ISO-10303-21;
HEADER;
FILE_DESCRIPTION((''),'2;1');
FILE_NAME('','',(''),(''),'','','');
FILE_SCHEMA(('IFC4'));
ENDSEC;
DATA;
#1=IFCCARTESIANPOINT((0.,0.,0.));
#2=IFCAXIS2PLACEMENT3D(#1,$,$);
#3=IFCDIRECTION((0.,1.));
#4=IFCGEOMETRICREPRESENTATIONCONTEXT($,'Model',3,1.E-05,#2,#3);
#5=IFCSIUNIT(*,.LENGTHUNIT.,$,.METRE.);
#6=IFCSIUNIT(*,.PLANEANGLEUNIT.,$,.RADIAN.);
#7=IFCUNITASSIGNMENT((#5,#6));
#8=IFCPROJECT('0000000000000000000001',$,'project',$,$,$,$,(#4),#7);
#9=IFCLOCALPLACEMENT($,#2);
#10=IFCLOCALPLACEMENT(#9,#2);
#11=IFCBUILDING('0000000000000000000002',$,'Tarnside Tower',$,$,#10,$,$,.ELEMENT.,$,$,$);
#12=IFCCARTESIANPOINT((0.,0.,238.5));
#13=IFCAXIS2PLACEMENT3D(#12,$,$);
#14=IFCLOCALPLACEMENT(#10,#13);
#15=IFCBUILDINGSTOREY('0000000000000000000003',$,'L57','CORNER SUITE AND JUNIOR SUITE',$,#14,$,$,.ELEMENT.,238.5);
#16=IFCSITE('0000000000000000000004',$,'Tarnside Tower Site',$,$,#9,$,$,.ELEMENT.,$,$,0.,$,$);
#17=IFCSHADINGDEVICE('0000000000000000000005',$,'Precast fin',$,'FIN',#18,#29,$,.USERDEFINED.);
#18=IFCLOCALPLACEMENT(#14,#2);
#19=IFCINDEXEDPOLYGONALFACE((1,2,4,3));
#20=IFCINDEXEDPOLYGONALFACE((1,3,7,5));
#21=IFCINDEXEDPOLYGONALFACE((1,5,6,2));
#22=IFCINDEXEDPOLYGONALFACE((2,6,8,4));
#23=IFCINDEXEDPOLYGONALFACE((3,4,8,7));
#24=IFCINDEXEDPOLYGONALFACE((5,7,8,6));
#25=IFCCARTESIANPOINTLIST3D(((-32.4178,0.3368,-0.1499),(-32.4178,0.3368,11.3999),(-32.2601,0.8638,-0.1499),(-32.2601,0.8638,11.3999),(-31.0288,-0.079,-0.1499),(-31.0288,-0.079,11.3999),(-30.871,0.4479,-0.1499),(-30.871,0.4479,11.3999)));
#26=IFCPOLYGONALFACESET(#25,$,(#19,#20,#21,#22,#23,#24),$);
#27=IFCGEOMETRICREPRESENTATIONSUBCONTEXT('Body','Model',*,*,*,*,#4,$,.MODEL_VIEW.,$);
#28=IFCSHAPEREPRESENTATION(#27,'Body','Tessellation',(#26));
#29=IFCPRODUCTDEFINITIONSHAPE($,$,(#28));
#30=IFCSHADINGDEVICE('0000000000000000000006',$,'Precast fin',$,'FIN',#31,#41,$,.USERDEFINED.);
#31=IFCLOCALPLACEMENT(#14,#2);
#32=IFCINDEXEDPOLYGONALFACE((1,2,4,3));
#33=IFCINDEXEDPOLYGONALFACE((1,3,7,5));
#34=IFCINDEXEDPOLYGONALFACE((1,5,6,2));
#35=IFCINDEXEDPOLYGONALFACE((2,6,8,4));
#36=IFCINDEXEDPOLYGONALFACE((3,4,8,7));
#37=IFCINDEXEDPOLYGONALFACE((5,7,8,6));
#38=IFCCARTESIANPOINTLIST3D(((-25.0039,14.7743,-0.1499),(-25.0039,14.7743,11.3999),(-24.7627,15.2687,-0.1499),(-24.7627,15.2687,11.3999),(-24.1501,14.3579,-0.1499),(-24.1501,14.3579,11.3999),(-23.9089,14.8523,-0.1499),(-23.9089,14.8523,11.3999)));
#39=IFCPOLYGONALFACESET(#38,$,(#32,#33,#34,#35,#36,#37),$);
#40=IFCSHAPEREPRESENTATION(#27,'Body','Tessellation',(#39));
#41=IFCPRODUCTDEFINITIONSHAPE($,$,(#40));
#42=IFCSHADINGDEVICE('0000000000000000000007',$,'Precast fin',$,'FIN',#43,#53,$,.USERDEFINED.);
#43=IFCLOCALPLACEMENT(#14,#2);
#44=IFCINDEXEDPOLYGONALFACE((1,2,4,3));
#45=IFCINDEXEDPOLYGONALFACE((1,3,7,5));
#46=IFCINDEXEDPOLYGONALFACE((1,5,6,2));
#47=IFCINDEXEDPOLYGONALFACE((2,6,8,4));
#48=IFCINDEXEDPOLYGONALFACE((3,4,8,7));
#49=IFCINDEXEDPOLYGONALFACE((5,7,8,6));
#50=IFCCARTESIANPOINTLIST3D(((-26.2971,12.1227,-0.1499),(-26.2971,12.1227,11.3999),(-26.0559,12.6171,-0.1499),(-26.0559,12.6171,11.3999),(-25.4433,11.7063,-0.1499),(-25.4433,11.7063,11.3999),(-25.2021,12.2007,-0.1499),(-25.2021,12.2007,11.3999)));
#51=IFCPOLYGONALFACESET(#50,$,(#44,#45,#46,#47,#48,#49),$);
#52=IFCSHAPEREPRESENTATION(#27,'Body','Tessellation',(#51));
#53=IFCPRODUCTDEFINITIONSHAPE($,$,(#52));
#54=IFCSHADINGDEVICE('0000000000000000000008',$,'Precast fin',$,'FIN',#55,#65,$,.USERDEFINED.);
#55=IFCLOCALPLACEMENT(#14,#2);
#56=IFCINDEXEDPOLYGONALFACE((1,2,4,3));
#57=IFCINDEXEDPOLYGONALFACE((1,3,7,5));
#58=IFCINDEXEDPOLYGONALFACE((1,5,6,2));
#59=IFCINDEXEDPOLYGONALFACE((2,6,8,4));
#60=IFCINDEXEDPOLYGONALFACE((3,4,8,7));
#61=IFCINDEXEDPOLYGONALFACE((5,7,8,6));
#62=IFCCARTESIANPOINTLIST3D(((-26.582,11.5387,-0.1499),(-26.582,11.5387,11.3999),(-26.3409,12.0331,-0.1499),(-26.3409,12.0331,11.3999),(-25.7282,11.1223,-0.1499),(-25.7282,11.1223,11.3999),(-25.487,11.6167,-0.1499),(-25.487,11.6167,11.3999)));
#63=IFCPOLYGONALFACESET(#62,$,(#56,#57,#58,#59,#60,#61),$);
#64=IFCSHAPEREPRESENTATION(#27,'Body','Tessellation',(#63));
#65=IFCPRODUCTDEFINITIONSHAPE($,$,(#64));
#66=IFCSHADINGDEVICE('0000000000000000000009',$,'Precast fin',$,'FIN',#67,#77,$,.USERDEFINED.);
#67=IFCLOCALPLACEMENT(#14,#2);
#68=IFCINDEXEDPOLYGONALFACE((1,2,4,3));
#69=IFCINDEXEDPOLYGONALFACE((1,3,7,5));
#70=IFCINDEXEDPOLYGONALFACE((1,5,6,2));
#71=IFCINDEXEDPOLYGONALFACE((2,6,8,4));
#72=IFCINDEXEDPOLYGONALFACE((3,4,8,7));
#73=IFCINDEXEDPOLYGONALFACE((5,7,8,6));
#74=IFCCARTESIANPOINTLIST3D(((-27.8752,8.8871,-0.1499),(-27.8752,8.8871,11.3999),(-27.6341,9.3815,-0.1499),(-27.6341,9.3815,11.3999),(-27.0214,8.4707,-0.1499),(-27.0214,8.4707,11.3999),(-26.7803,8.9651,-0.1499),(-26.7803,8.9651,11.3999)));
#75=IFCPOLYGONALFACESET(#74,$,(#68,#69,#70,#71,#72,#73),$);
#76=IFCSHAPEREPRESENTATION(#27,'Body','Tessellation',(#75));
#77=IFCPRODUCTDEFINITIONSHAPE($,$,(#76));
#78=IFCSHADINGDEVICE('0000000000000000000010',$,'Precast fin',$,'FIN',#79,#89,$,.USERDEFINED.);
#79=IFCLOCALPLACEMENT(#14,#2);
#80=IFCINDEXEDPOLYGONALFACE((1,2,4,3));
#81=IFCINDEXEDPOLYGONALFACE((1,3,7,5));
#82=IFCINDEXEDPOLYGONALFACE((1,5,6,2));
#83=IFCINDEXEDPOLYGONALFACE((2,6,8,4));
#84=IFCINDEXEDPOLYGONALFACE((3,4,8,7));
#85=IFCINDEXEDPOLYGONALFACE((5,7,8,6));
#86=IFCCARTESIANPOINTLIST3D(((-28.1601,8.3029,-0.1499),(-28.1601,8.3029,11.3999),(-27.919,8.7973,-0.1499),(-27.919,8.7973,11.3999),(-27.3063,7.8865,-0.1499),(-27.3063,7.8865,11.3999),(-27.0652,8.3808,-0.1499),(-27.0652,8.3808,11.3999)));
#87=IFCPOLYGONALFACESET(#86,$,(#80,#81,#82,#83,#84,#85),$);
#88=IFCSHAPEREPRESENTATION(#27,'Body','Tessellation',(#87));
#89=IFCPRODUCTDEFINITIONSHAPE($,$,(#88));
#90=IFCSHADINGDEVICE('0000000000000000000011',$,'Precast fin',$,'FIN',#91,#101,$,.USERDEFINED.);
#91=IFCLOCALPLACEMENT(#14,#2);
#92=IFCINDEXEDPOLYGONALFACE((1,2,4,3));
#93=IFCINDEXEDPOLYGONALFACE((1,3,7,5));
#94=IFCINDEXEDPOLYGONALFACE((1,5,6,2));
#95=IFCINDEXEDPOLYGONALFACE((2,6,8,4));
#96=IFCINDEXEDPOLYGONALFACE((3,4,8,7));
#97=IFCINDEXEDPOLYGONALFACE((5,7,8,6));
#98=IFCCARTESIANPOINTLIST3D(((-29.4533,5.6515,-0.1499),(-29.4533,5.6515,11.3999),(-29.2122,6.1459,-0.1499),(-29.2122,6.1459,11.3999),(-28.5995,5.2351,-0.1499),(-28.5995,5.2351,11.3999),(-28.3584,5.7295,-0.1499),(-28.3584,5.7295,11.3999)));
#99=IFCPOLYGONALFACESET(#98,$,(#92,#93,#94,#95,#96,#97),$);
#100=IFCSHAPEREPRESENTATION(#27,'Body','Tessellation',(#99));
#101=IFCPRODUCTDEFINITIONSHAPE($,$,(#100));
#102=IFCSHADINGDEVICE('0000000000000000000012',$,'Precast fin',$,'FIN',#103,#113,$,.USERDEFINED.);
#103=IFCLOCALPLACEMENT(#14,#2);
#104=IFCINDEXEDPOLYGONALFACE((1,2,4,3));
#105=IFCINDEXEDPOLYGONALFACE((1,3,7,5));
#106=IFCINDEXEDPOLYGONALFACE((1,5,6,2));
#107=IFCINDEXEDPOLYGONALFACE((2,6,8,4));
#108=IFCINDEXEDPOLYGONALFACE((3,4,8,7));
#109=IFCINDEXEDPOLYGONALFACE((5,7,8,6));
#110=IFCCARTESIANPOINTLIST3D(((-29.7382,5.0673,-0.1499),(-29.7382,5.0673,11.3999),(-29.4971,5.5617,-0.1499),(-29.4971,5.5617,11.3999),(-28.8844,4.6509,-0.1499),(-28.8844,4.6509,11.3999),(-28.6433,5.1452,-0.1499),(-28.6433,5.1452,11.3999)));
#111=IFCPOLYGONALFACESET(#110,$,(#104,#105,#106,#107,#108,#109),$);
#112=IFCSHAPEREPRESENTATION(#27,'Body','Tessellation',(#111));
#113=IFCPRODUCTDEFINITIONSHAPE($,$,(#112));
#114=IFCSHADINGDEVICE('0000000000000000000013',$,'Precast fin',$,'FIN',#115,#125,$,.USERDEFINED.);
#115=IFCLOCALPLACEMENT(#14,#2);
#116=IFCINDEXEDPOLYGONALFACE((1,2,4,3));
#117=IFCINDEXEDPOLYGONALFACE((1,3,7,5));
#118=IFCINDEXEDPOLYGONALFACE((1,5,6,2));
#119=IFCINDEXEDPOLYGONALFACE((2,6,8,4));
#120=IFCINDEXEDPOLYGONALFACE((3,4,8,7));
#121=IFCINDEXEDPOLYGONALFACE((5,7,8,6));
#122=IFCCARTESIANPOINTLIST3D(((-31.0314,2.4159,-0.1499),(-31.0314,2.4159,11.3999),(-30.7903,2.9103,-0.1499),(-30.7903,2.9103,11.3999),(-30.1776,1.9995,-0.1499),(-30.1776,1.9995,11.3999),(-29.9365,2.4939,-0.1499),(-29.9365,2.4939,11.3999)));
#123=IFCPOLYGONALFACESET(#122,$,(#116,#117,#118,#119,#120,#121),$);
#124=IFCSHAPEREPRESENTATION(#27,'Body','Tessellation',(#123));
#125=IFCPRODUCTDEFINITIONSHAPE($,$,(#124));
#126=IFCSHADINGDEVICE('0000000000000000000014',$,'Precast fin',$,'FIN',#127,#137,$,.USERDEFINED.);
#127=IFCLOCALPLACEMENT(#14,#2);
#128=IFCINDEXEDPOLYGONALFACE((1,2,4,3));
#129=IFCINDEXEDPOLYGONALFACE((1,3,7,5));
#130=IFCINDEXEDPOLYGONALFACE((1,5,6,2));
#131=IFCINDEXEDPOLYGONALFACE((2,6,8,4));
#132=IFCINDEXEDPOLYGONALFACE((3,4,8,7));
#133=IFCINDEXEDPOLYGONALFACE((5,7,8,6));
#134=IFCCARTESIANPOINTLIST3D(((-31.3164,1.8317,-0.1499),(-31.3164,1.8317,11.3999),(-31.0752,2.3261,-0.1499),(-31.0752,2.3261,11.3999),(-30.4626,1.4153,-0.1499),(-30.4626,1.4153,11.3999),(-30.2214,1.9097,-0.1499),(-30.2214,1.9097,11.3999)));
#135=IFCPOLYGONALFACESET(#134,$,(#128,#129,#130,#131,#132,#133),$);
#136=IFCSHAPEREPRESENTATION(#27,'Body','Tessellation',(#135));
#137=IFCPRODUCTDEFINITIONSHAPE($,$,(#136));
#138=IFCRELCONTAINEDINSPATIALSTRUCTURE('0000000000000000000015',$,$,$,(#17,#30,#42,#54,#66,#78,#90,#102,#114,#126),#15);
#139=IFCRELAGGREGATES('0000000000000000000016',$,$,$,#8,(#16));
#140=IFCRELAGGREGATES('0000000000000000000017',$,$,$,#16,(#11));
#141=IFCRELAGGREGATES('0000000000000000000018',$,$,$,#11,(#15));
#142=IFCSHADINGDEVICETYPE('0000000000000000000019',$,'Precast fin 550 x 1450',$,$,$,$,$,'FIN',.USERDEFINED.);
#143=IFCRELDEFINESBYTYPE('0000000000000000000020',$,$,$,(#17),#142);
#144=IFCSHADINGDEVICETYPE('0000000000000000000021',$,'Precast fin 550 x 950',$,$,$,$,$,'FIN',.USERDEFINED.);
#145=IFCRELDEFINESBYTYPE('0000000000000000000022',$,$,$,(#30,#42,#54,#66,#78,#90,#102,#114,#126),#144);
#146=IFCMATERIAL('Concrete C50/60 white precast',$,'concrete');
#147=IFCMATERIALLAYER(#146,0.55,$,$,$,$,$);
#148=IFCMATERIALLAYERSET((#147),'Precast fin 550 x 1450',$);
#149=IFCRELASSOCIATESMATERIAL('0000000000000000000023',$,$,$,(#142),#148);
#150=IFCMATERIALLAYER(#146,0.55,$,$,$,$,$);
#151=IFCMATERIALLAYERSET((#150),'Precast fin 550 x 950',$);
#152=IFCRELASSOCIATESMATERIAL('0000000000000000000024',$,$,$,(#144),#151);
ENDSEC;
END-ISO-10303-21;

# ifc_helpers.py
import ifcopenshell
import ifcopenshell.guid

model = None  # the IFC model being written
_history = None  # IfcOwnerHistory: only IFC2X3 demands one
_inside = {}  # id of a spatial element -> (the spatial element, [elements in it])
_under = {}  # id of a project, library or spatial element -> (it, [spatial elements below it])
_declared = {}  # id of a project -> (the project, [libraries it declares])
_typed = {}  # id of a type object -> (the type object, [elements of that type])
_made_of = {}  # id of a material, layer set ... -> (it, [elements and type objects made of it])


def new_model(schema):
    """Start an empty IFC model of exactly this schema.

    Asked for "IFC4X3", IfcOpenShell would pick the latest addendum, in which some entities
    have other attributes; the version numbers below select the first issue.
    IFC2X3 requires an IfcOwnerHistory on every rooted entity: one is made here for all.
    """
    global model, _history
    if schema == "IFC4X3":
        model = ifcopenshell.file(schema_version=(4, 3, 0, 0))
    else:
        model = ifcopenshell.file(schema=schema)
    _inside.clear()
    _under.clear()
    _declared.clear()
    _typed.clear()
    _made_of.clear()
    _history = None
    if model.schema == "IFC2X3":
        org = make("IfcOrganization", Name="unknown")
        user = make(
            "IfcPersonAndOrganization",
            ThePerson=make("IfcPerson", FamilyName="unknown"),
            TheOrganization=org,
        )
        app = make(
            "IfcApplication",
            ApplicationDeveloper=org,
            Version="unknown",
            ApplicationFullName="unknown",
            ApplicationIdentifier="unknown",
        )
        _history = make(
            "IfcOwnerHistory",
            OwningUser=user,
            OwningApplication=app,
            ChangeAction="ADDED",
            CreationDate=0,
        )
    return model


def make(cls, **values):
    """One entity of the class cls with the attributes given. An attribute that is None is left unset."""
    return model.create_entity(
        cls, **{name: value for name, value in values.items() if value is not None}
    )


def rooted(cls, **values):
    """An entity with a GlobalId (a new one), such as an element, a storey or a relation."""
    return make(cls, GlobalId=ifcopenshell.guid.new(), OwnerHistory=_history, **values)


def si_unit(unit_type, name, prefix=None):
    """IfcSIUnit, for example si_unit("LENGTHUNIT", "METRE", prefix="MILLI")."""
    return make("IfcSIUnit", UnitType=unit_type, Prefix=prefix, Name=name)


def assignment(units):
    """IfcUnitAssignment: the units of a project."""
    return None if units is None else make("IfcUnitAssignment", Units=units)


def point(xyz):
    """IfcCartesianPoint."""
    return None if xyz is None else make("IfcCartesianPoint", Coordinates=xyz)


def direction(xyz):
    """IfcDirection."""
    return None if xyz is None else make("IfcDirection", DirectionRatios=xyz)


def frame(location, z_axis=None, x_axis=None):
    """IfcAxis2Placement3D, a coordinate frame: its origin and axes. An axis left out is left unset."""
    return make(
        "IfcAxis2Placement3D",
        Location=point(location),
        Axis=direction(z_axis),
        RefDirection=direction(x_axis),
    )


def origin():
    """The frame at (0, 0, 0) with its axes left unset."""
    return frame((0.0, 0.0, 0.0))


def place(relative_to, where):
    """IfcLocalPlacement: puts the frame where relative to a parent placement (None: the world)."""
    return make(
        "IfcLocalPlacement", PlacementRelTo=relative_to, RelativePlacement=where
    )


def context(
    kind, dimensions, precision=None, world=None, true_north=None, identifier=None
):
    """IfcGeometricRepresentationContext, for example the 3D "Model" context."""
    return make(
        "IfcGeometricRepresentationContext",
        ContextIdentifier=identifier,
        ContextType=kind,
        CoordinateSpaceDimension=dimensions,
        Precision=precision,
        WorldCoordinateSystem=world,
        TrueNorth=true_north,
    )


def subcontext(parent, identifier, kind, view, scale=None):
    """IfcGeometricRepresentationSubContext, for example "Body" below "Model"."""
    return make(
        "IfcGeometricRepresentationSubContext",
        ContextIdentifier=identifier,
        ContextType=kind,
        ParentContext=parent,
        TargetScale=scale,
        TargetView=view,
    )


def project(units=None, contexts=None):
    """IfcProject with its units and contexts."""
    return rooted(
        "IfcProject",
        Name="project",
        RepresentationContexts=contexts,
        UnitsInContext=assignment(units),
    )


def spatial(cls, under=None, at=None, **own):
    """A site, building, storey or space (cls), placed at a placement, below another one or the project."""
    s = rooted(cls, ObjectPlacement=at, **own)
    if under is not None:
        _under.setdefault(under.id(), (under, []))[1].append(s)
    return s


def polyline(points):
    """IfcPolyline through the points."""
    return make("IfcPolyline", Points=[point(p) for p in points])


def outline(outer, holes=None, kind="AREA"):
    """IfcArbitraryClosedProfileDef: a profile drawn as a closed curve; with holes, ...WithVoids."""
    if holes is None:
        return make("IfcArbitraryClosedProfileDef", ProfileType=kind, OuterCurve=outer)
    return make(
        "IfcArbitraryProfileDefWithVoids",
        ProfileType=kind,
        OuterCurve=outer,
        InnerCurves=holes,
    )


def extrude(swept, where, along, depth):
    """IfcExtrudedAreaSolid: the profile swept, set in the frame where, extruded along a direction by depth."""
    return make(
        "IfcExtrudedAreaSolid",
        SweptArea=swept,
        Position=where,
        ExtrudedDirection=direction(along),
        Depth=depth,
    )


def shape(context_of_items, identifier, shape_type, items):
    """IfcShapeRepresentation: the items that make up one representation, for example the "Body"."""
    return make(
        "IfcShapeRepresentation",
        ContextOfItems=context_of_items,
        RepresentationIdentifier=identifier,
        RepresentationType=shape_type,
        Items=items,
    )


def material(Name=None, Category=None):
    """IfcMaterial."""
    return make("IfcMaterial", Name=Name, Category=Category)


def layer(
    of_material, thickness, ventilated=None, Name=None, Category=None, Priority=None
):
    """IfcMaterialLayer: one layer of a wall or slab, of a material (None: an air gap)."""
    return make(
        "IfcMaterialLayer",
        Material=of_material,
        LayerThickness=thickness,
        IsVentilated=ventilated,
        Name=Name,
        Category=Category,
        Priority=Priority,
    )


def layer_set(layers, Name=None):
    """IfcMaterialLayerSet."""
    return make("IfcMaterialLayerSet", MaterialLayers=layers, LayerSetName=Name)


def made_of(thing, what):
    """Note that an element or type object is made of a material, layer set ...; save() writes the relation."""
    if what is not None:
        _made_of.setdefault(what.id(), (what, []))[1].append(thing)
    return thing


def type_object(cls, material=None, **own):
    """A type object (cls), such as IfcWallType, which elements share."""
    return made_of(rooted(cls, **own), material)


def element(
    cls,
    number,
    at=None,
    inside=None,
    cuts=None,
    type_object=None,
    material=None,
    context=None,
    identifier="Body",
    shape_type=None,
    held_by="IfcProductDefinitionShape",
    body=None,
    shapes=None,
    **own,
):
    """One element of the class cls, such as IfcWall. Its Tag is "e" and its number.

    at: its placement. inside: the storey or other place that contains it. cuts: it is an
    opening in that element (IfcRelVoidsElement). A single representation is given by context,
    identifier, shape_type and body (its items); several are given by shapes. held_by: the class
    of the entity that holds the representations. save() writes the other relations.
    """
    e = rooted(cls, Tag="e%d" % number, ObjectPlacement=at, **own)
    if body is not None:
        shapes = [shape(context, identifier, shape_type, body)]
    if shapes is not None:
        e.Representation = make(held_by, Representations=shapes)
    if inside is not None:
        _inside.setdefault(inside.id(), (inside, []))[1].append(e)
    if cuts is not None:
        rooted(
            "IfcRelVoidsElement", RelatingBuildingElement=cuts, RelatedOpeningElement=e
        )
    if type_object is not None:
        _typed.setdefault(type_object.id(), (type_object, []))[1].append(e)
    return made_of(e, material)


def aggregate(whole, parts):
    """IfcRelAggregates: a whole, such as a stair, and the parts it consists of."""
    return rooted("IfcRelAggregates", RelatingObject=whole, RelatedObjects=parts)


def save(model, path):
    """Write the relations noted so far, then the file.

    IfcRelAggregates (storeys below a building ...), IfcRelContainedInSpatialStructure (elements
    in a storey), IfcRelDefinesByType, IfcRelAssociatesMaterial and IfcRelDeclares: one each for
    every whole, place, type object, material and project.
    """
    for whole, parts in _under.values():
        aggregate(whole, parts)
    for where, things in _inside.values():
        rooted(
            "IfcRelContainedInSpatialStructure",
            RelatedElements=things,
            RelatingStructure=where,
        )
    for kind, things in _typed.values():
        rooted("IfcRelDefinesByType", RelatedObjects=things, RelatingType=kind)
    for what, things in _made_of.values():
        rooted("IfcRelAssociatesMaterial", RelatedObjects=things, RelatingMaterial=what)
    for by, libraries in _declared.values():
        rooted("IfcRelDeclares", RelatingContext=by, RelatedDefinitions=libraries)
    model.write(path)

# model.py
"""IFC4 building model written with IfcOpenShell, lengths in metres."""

from ifc_helpers import new_model, si_unit, direction, frame, origin, place, context, subcontext, project, spatial, polyline, outline, extrude, material, layer, layer_set, type_object, element, save


model = new_model("IFC4")

# Units and contexts
model_context = context("Model", 3, precision=1e-05, world=origin(), true_north=direction((0.0, 1.0)))
body_context = subcontext(model_context, "Body", "Model", "MODEL_VIEW")
ifc_project = project(units=[si_unit("LENGTHUNIT", "METRE"), si_unit("PLANEANGLEUNIT", "RADIAN")], contexts=[model_context])

# Site, building, storey
site_placement = place(None, origin())
site = spatial("IfcSite", under=ifc_project, at=site_placement, Name="Tarnside Tower Site", CompositionType="ELEMENT", RefElevation=0.0)
building_placement = place(site_placement, origin())
building = spatial("IfcBuilding", under=site, at=building_placement, Name="Tarnside Tower", CompositionType="ELEMENT")
storey_placement = place(building_placement, frame((0.0, 0.0, 238.5)))
storey = spatial("IfcBuildingStorey", under=building, at=storey_placement, Name="L57", Description="CORNER SUITE AND JUNIOR SUITE", CompositionType="ELEMENT", Elevation=238.5)

# Shading devices
ifc_material_1 = material(Name="Concrete C50/60 white precast", Category="concrete")
ifc_layer_1 = layer(ifc_material_1, 0.55)
ifc_layer_set_1 = layer_set([ifc_layer_1], Name="Precast fin 550 x 1450")
shading_device_type_1 = type_object("IfcShadingDeviceType", Name="Precast fin 550 x 1450", ElementType="FIN", PredefinedType="USERDEFINED", material=ifc_layer_set_1)
shading_device_placement = place(storey_placement, frame((-30.95, 0.1843, -0.1499), z_axis=(0.286803, 0.95799, 0.0), x_axis=(-0.95799, 0.286803, 0.0)))
element("IfcShadingDevice", 1, at=shading_device_placement, inside=storey, type_object=shading_device_type_1, Name="Precast fin", ObjectType="FIN", PredefinedType="USERDEFINED", context=body_context, shape_type="SweptSolid", body=[
    extrude(outline(polyline([(0.0, 0.0), (1.45, 0.0), (1.45, 11.5498), (0.0, 11.5498), (0.0, 0.0)])), frame((0.0, 0.0, -0.2749)), (0.0, 0.0, 1.0), 0.55),
])
ifc_layer_2 = layer(ifc_material_1, 0.55)
ifc_layer_set_2 = layer_set([ifc_layer_2], Name="Precast fin 550 x 950")
shading_device_type_2 = type_object("IfcShadingDeviceType", Name="Precast fin 550 x 950", ElementType="FIN", PredefinedType="USERDEFINED", material=ifc_layer_set_2)
for number, where, z_axis, x_axis, name in (
    (2, (-24.0295, 14.605, -0.1499), (0.438371, 0.898794, 0.0), (-0.898794, 0.438371, 0.0), "Precast fin"),
    (3, (-25.3228, 11.9534, -0.1499), (0.438371, 0.898794, 0.0), (-0.898794, 0.438371, 0.0), "Precast fin"),
    (4, (-25.6077, 11.3694, -0.1499), (0.438371, 0.898794, 0.0), (-0.898794, 0.438371, 0.0), "Precast fin"),
    (5, (-26.9009, 8.7178, -0.1499), (0.438371, 0.898794, 0.0), (-0.898794, 0.438371, 0.0), "Precast fin"),
    (6, (-27.1858, 8.1335, -0.1499), (0.438371, 0.898794, 0.0), (-0.898794, 0.438371, 0.0), "Precast fin"),
    (7, (-28.479, 5.4822, -0.1499), (0.438371, 0.898794, 0.0), (-0.898794, 0.438371, 0.0), "Precast fin"),
    (8, (-28.7639, 4.8979, -0.1499), (0.438371, 0.898794, 0.0), (-0.898794, 0.438371, 0.0), "Precast fin"),
    (9, (-30.0571, 2.2466, -0.1499), (0.438371, 0.898794, 0.0), (-0.898794, 0.438371, 0.0), "Precast fin"),
    (10, (-30.342, 1.6624, -0.1499), (0.438371, 0.898794, 0.0), (-0.898794, 0.438371, 0.0), "Precast fin"),
):
    element("IfcShadingDevice", number, at=place(storey_placement, frame(where, z_axis=z_axis, x_axis=x_axis)), inside=storey, type_object=shading_device_type_2, Name=name, ObjectType="FIN", PredefinedType="USERDEFINED", context=body_context, shape_type="SweptSolid", body=[
        extrude(outline(polyline([(0.0, 0.0), (0.95, 0.0), (0.95, 11.5498), (0.0, 11.5498), (0.0, 0.0)])), frame((0.0, 0.0, -0.2749)), (0.0, 0.0, 1.0), 0.55),
    ])

save(model, "model.ifc")
